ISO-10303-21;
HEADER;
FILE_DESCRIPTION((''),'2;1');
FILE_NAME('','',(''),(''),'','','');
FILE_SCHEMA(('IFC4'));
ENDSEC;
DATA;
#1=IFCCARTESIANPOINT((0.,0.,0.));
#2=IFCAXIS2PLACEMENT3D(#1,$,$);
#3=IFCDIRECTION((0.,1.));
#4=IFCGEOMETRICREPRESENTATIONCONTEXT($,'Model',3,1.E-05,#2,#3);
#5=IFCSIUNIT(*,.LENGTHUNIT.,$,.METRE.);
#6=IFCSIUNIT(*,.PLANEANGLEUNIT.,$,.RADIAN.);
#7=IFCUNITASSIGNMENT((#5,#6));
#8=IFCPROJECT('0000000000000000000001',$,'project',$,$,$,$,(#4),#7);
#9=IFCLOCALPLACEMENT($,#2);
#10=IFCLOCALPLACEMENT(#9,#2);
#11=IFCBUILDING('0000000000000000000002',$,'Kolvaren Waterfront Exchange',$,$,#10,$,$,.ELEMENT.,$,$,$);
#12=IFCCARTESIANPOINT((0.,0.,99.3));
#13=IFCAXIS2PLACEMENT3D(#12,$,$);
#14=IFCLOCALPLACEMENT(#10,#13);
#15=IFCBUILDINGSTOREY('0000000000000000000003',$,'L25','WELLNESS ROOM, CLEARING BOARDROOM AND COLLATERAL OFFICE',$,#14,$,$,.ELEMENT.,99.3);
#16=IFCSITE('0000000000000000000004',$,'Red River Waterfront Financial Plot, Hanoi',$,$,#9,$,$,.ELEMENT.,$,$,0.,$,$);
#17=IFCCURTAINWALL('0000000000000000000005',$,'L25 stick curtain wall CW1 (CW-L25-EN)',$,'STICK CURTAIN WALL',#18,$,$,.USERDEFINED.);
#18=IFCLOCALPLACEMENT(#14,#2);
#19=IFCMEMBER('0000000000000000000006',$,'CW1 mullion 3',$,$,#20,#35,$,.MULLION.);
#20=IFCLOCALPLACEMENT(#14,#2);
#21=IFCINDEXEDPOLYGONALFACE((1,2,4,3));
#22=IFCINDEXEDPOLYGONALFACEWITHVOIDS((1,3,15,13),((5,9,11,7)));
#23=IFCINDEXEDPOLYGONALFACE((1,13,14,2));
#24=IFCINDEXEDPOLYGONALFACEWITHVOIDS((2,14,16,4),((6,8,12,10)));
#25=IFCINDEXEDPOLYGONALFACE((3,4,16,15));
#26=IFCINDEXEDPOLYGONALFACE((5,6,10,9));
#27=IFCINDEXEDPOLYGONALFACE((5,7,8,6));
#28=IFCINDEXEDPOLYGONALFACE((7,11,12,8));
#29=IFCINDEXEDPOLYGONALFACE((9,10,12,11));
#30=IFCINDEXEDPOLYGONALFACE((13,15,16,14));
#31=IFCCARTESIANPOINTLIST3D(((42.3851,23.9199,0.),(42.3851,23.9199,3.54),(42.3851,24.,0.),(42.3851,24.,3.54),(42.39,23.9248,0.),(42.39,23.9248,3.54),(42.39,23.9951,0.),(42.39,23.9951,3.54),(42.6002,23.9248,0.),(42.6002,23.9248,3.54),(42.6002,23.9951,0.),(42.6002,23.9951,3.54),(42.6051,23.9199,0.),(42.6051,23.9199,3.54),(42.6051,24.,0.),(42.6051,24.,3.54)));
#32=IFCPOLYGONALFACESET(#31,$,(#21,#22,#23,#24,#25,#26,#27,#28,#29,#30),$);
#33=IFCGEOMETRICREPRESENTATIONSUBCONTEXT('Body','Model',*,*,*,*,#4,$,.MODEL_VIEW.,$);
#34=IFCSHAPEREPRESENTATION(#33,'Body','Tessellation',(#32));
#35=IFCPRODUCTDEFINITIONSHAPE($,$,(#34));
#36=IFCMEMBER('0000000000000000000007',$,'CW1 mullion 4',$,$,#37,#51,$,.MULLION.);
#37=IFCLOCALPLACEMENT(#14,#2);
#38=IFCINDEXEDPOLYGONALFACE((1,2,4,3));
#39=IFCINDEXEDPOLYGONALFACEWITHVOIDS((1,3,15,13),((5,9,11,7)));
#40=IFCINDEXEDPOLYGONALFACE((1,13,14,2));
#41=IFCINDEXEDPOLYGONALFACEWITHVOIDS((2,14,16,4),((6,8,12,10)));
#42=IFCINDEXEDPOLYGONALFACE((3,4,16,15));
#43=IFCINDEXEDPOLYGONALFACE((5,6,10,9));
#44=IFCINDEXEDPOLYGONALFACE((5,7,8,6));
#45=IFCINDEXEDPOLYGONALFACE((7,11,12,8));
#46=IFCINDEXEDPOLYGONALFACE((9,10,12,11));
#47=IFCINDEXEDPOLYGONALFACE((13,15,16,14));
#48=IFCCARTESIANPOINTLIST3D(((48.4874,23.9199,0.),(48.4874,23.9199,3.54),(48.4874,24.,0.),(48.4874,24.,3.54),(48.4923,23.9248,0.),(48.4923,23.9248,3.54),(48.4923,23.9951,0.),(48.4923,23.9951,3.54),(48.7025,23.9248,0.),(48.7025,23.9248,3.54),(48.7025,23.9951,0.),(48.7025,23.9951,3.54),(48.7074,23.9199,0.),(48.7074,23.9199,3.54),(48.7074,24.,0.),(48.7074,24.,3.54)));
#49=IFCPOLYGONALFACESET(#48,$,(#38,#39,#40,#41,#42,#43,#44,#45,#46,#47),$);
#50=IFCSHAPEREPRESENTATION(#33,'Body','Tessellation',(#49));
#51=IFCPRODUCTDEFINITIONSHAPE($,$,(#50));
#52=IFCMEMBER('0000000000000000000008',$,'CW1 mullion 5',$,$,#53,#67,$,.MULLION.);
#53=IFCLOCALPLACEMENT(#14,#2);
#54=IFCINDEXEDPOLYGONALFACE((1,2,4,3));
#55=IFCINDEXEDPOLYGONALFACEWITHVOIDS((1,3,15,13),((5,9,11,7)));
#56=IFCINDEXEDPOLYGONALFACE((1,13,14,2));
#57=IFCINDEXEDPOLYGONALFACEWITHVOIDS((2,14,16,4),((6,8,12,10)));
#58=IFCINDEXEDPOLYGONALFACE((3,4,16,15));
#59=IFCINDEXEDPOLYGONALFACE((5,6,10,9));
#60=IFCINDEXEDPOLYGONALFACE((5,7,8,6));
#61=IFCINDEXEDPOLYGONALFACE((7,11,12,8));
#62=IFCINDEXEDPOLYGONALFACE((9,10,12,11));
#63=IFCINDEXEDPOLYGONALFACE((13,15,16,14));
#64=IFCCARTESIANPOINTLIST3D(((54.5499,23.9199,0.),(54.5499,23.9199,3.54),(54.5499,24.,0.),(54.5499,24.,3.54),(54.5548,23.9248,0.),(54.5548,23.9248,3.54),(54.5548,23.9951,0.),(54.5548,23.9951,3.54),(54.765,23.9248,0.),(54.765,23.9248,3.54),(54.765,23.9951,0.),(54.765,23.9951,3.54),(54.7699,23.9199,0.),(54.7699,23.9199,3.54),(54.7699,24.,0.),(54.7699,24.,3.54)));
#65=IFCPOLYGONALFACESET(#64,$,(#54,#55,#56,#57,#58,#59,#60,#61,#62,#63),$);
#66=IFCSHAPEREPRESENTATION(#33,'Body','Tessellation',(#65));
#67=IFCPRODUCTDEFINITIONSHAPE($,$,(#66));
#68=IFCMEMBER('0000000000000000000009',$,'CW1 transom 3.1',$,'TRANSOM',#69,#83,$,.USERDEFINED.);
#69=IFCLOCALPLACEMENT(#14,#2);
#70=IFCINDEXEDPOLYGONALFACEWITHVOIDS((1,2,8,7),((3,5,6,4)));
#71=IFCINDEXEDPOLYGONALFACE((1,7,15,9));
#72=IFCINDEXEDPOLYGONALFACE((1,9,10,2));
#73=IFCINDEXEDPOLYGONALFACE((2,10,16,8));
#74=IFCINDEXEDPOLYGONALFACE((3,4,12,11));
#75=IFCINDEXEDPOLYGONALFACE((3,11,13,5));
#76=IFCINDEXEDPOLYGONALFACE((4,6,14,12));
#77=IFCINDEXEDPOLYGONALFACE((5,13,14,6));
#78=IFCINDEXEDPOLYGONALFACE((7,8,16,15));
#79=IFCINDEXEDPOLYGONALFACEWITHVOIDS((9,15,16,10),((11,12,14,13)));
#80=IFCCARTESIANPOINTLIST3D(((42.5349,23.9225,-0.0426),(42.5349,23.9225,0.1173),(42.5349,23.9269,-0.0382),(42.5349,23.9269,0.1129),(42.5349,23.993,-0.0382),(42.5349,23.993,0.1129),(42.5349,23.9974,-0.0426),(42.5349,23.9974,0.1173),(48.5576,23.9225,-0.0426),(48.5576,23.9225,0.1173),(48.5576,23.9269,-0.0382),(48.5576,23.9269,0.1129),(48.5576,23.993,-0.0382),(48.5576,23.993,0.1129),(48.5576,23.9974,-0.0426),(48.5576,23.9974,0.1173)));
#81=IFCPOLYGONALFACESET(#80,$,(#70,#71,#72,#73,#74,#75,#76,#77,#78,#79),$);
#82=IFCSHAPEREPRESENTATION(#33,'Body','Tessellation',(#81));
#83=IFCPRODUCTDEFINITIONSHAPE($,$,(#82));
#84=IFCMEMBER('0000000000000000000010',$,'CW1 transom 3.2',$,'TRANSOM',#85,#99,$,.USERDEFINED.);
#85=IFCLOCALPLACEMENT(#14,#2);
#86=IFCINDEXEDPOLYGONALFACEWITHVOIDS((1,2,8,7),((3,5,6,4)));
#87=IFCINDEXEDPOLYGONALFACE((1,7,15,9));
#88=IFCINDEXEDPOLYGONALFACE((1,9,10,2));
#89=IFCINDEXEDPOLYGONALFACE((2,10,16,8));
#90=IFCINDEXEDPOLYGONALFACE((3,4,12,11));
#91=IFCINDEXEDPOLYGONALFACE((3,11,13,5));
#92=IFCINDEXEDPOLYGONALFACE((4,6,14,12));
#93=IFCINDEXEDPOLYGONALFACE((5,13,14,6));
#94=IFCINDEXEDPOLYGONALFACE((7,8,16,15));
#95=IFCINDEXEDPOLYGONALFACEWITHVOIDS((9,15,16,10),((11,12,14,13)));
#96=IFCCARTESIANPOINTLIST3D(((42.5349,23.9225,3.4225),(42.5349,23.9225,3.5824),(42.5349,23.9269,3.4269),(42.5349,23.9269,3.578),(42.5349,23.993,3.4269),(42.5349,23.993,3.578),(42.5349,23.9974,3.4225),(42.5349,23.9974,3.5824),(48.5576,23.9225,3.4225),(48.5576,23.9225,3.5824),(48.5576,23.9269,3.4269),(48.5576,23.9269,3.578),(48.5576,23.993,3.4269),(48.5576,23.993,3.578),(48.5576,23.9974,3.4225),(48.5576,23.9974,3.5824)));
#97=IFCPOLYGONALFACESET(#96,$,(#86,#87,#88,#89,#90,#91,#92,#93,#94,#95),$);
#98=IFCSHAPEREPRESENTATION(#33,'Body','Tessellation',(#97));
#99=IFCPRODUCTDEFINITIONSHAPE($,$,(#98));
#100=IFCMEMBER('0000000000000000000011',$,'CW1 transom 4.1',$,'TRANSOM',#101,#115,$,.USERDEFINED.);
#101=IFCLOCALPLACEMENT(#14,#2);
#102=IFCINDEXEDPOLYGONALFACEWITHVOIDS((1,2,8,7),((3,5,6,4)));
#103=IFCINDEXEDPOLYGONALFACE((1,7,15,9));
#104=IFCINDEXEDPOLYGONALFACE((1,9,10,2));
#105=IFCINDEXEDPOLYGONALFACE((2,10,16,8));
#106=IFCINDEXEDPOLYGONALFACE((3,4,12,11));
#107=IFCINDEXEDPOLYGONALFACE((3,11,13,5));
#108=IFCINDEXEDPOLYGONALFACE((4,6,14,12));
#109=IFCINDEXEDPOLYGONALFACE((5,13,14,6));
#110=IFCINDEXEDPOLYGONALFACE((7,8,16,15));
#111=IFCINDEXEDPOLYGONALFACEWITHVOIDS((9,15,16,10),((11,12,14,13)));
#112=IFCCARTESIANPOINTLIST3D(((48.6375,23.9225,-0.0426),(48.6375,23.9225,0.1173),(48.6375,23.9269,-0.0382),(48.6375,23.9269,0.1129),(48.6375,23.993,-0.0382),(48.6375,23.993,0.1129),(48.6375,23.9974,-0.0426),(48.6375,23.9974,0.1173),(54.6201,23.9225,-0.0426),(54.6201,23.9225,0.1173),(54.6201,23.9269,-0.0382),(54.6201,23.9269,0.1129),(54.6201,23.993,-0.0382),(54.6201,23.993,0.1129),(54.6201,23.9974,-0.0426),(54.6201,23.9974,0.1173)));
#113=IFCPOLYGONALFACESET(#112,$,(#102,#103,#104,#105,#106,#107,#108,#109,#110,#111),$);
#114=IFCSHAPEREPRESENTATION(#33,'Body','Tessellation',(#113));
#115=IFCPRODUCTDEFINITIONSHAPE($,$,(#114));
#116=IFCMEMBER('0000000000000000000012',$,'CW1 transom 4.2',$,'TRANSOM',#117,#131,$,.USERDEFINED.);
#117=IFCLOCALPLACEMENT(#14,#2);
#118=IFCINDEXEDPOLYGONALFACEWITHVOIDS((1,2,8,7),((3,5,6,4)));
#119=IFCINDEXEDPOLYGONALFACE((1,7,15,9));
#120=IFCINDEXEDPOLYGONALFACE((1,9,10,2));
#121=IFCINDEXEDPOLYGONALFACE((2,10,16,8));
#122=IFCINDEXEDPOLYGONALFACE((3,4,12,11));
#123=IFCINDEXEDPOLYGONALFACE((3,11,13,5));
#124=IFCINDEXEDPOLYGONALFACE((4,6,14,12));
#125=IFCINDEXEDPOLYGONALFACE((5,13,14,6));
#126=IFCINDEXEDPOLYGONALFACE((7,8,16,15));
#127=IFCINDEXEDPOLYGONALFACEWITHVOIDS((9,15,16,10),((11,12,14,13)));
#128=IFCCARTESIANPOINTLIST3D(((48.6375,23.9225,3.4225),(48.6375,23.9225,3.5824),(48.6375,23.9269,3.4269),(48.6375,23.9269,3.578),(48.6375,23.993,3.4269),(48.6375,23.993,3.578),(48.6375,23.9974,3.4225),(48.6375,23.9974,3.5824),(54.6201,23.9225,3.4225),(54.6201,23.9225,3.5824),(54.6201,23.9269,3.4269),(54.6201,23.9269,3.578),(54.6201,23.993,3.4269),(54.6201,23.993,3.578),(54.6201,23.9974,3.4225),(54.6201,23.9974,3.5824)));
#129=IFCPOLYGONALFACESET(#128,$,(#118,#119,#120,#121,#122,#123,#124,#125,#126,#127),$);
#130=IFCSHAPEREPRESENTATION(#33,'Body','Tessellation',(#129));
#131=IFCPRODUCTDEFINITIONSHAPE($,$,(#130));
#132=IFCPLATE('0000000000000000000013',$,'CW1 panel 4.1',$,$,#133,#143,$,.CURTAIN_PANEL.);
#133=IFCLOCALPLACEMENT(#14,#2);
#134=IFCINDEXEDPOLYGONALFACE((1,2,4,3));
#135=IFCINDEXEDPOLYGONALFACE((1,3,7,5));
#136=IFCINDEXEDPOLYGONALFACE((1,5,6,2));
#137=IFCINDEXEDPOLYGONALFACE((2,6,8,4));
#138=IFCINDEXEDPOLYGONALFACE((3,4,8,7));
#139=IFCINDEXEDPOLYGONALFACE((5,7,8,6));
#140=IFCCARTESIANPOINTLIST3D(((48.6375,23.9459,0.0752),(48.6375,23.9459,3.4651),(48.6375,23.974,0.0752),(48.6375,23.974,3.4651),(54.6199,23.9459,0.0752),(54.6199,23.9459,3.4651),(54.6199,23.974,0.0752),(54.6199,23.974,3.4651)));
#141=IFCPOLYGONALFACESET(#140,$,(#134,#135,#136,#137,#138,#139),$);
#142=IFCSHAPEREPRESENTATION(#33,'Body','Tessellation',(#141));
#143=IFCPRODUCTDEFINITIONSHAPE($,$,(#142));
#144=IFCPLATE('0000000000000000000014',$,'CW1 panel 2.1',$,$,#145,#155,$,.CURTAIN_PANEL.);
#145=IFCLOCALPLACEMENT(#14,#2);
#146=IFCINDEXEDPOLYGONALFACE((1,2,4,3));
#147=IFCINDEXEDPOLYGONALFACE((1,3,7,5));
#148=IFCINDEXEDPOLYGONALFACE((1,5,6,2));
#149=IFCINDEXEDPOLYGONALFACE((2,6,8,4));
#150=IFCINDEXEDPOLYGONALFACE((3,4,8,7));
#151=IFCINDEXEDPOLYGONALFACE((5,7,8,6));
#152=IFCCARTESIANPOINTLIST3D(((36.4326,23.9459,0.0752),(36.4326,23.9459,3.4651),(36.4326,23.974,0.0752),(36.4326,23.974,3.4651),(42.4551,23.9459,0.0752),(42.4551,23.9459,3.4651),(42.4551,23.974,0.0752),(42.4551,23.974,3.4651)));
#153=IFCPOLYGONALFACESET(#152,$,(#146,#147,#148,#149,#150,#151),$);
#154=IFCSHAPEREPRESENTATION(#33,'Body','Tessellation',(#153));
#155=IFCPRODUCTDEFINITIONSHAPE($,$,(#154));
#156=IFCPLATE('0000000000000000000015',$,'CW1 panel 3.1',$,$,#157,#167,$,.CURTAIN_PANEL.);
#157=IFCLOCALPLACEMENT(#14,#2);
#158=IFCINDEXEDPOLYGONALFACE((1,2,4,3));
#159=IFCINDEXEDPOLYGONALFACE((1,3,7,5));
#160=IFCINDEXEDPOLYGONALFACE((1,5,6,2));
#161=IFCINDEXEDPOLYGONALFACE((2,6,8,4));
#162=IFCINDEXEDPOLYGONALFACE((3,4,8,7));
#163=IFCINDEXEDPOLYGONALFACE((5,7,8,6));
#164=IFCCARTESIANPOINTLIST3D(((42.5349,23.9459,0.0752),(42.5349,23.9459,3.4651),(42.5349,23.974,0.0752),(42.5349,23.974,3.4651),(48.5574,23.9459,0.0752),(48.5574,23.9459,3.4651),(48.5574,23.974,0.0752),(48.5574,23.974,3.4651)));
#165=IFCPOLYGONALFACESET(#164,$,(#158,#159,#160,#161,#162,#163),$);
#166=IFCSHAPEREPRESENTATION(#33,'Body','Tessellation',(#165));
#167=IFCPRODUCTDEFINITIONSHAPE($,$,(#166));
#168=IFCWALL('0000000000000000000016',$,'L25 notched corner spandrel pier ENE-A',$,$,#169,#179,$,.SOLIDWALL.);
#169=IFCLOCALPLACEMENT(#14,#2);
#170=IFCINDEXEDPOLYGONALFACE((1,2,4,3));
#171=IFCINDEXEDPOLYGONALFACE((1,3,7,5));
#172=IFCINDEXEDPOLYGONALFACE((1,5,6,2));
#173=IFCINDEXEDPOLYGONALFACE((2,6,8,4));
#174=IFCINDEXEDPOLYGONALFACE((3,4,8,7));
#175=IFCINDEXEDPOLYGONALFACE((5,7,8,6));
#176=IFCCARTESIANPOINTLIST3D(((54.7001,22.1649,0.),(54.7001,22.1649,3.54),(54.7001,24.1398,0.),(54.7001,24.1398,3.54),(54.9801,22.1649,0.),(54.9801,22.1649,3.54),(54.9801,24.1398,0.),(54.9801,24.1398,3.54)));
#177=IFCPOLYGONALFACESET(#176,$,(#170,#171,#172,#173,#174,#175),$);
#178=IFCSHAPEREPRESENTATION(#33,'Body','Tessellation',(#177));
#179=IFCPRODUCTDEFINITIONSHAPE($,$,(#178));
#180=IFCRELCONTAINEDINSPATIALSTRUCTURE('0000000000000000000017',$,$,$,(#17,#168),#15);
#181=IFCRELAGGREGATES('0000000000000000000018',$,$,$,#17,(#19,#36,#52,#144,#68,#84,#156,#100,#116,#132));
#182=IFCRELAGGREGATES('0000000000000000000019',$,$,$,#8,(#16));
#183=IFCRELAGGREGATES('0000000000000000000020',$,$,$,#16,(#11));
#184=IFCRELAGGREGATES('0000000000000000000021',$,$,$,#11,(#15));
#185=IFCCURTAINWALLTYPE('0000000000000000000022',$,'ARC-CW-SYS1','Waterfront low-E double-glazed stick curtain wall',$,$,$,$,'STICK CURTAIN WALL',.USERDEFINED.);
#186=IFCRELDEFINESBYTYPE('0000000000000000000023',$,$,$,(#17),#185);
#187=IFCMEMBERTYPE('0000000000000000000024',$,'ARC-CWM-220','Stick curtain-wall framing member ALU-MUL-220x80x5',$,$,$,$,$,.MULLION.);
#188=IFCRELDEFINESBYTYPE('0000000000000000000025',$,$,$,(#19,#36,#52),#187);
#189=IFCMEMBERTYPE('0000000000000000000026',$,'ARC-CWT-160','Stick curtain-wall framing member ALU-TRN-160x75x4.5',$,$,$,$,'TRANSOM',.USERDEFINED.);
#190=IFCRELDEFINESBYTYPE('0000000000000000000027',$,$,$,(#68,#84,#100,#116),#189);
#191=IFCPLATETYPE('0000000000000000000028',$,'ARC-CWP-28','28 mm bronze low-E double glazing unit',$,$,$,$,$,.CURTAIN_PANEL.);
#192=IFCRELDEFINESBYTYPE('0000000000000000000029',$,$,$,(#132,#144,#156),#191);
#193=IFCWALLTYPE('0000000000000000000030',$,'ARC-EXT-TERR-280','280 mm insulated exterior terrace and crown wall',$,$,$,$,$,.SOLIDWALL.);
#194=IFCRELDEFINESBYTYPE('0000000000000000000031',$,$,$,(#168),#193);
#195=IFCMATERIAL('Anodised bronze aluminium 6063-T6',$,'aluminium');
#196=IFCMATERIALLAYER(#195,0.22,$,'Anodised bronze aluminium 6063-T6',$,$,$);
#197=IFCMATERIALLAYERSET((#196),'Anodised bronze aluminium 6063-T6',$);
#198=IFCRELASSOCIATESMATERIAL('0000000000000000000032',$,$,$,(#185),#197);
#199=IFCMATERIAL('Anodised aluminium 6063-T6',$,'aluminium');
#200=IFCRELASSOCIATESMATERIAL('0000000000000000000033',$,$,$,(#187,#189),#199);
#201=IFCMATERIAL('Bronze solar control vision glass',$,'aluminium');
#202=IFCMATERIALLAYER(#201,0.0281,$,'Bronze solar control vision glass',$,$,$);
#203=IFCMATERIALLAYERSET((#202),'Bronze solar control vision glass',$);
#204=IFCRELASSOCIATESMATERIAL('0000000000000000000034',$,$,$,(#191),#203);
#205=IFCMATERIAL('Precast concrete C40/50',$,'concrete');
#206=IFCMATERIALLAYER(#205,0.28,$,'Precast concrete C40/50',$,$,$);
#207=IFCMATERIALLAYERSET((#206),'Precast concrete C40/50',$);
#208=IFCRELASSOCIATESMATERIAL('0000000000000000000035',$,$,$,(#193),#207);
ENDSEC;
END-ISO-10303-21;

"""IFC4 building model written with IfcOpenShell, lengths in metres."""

from ifc_helpers import new_model, si_unit, direction, frame, frame_2d, origin, origin_with_axes, origin_2d, place, context, subcontext, project, spatial, rectangle, hollow_rectangle, extrude, source, transform, mapped, material, layer, layer_set, material_profile, profile_set, type_object, element, aggregate, save


model = new_model("IFC4")

# Units and contexts
model_context = context("Model", 3, precision=1e-05, world=origin(), true_north=direction((0.0, 1.0)))
body_context = subcontext(model_context, "Body", "Model", "MODEL_VIEW")
ifc_project = project(units=[si_unit("LENGTHUNIT", "METRE"), si_unit("PLANEANGLEUNIT", "RADIAN")], contexts=[model_context])

# Site, building, storey
site_placement = place(None, origin())
site = spatial("IfcSite", under=ifc_project, at=site_placement, Name="Red River Waterfront Financial Plot, Hanoi", CompositionType="ELEMENT", RefElevation=0.0)
building_placement = place(site_placement, origin())
building = spatial("IfcBuilding", under=site, at=building_placement, Name="Kolvaren Waterfront Exchange", CompositionType="ELEMENT")
storey_placement = place(building_placement, frame((0.0, 0.0, 99.3)))
storey = spatial("IfcBuildingStorey", under=building, at=storey_placement, Name="L25", Description="WELLNESS ROOM, CLEARING BOARDROOM AND COLLATERAL OFFICE", CompositionType="ELEMENT", Elevation=99.3)

# Curtain wall, members, plates
ifc_material_1 = material(Name="Anodised bronze aluminium 6063-T6", Category="aluminium")
ifc_layer_1 = layer(ifc_material_1, 0.22, Name="Anodised bronze aluminium 6063-T6")
ifc_layer_set_1 = layer_set([ifc_layer_1], Name="Anodised bronze aluminium 6063-T6")
curtain_wall_type = type_object("IfcCurtainWallType", Name="ARC-CW-SYS1", Description="Waterfront low-E double-glazed stick curtain wall", ElementType="STICK CURTAIN WALL", PredefinedType="USERDEFINED", material=ifc_layer_set_1)
curtain_wall_placement = place(storey_placement, origin())
curtain_wall = element("IfcCurtainWall", 1, at=curtain_wall_placement, inside=storey, type_object=curtain_wall_type, Name="L25 stick curtain wall CW1 (CW-L25-EN)", ObjectType="STICK CURTAIN WALL", PredefinedType="USERDEFINED")
ifc_material_2 = material(Name="Anodised aluminium 6063-T6", Category="aluminium")
ifc_material_profile_1 = material_profile(ifc_material_2, hollow_rectangle(XDim=0.0801, YDim=0.22, WallThickness=0.0049, at=origin_2d()), Name="ALU-MUL-220x80x5")
ifc_profile_set_1 = profile_set([ifc_material_profile_1], Name="Anodised aluminium 6063-T6")
member_type_1 = type_object("IfcMemberType", Name="ARC-CWM-220", Description="Stick curtain-wall framing member ALU-MUL-220x80x5", PredefinedType="MULLION", material=ifc_profile_set_1)
shared_shape_1 = source(origin_with_axes(), body_context, "Body", "SweptSolid", [
    extrude(hollow_rectangle(XDim=0.0801, YDim=0.22, WallThickness=0.0049, at=origin_2d()), origin(), (0.0, 0.0, 1.0), 3.54),
])
member_1_placement = place(storey_placement, frame((42.4951, 23.96, 0.0), z_axis=(0.0, 0.0, 1.0), x_axis=(0.0, 1.0, 0.0)))
member_1 = element("IfcMember", 2, at=member_1_placement, type_object=member_type_1, Name="CW1 mullion 3", PredefinedType="MULLION", context=body_context, shape_type="MappedRepresentation", body=[
    mapped(shared_shape_1, transform((0.0, 0.0, 0.0), x_axis=(1.0, 0.0, 0.0), y_axis=(0.0, 1.0, 0.0), z_axis=(0.0, 0.0, 1.0), scale=1.0)),
])
member_2_placement = place(storey_placement, frame((48.5974, 23.96, 0.0), z_axis=(0.0, 0.0, 1.0), x_axis=(0.0, 1.0, 0.0)))
member_2 = element("IfcMember", 3, at=member_2_placement, type_object=member_type_1, Name="CW1 mullion 4", PredefinedType="MULLION", context=body_context, shape_type="MappedRepresentation", body=[
    mapped(shared_shape_1, transform((0.0, 0.0, 0.0), x_axis=(1.0, 0.0, 0.0), y_axis=(0.0, 1.0, 0.0), z_axis=(0.0, 0.0, 1.0), scale=1.0)),
])
member_3_placement = place(storey_placement, frame((54.6599, 23.96, 0.0), z_axis=(0.0, 0.0, 1.0), x_axis=(0.0, 1.0, 0.0)))
member_3 = element("IfcMember", 4, at=member_3_placement, type_object=member_type_1, Name="CW1 mullion 5", PredefinedType="MULLION", context=body_context, shape_type="MappedRepresentation", body=[
    mapped(shared_shape_1, transform((0.0, 0.0, 0.0), x_axis=(1.0, 0.0, 0.0), y_axis=(0.0, 1.0, 0.0), z_axis=(0.0, 0.0, 1.0), scale=1.0)),
])
ifc_material_profile_2 = material_profile(ifc_material_2, hollow_rectangle(XDim=0.075, YDim=0.1599, WallThickness=0.0044, at=origin_2d()), Name="ALU-TRN-160x75x4.5")
ifc_profile_set_2 = profile_set([ifc_material_profile_2], Name="Anodised aluminium 6063-T6")
member_type_2 = type_object("IfcMemberType", Name="ARC-CWT-160", Description="Stick curtain-wall framing member ALU-TRN-160x75x4.5", ElementType="TRANSOM", PredefinedType="USERDEFINED", material=ifc_profile_set_2)
shared_shape_2 = source(origin_with_axes(), body_context, "Body", "SweptSolid", [
    extrude(hollow_rectangle(XDim=0.075, YDim=0.1599, WallThickness=0.0044, at=origin_2d()), origin(), (0.0, 0.0, 1.0), 6.0227),
])
member_4_placement = place(storey_placement, frame((42.5349, 23.96, 0.0374), z_axis=(1.0, 0.0, 0.0), x_axis=(0.0, 1.0, 0.0)))
member_4 = element("IfcMember", 5, at=member_4_placement, type_object=member_type_2, Name="CW1 transom 3.1", ObjectType="TRANSOM", PredefinedType="USERDEFINED", context=body_context, shape_type="MappedRepresentation", body=[
    mapped(shared_shape_2, transform((0.0, 0.0, 0.0), x_axis=(1.0, 0.0, 0.0), y_axis=(0.0, 1.0, 0.0), z_axis=(0.0, 0.0, 1.0), scale=1.0)),
])
member_5_placement = place(storey_placement, frame((42.5349, 23.96, 3.5024), z_axis=(1.0, 0.0, 0.0), x_axis=(0.0, 1.0, 0.0)))
member_5 = element("IfcMember", 6, at=member_5_placement, type_object=member_type_2, Name="CW1 transom 3.2", ObjectType="TRANSOM", PredefinedType="USERDEFINED", context=body_context, shape_type="MappedRepresentation", body=[
    mapped(shared_shape_2, transform((0.0, 0.0, 0.0), x_axis=(1.0, 0.0, 0.0), y_axis=(0.0, 1.0, 0.0), z_axis=(0.0, 0.0, 1.0), scale=1.0)),
])
shared_shape_3 = source(origin_with_axes(), body_context, "Body", "SweptSolid", [
    extrude(hollow_rectangle(XDim=0.075, YDim=0.1599, WallThickness=0.0044, at=origin_2d()), origin(), (0.0, 0.0, 1.0), 5.9827),
])
member_6_placement = place(storey_placement, frame((48.6375, 23.96, 0.0374), z_axis=(1.0, 0.0, 0.0), x_axis=(0.0, 1.0, 0.0)))
member_6 = element("IfcMember", 7, at=member_6_placement, type_object=member_type_2, Name="CW1 transom 4.1", ObjectType="TRANSOM", PredefinedType="USERDEFINED", context=body_context, shape_type="MappedRepresentation", body=[
    mapped(shared_shape_3, transform((0.0, 0.0, 0.0), x_axis=(1.0, 0.0, 0.0), y_axis=(0.0, 1.0, 0.0), z_axis=(0.0, 0.0, 1.0), scale=1.0)),
])
member_7_placement = place(storey_placement, frame((48.6375, 23.96, 3.5024), z_axis=(1.0, 0.0, 0.0), x_axis=(0.0, 1.0, 0.0)))
member_7 = element("IfcMember", 8, at=member_7_placement, type_object=member_type_2, Name="CW1 transom 4.2", ObjectType="TRANSOM", PredefinedType="USERDEFINED", context=body_context, shape_type="MappedRepresentation", body=[
    mapped(shared_shape_3, transform((0.0, 0.0, 0.0), x_axis=(1.0, 0.0, 0.0), y_axis=(0.0, 1.0, 0.0), z_axis=(0.0, 0.0, 1.0), scale=1.0)),
])
ifc_material_3 = material(Name="Bronze solar control vision glass", Category="aluminium")
ifc_layer_2 = layer(ifc_material_3, 0.0281, Name="Bronze solar control vision glass")
ifc_layer_set_2 = layer_set([ifc_layer_2], Name="Bronze solar control vision glass")
plate_type = type_object("IfcPlateType", Name="ARC-CWP-28", Description="28 mm bronze low-E double glazing unit", PredefinedType="CURTAIN_PANEL", material=ifc_layer_set_2)
shared_shape_4 = source(origin_with_axes(), body_context, "Body", "SweptSolid", [
    extrude(rectangle(XDim=5.9824, YDim=0.0281, at=origin_2d()), origin(), (0.0, 0.0, 1.0), 3.3899),
])
plate_1_placement = place(storey_placement, frame((51.6287, 23.96, 0.0752), z_axis=(0.0, 0.0, 1.0), x_axis=(1.0, 0.0, 0.0)))
plate_1 = element("IfcPlate", 9, at=plate_1_placement, type_object=plate_type, Name="CW1 panel 4.1", PredefinedType="CURTAIN_PANEL", context=body_context, shape_type="MappedRepresentation", body=[
    mapped(shared_shape_4, transform((0.0, 0.0, 0.0), x_axis=(1.0, 0.0, 0.0), y_axis=(0.0, 1.0, 0.0), z_axis=(0.0, 0.0, 1.0), scale=1.0)),
])
shared_shape_5 = source(origin_with_axes(), body_context, "Body", "SweptSolid", [
    extrude(rectangle(XDim=6.0225, YDim=0.0281, at=origin_2d()), origin(), (0.0, 0.0, 1.0), 3.3899),
])
plate_2_placement = place(storey_placement, frame((39.4438, 23.96, 0.0752), z_axis=(0.0, 0.0, 1.0), x_axis=(1.0, 0.0, 0.0)))
plate_2 = element("IfcPlate", 10, at=plate_2_placement, type_object=plate_type, Name="CW1 panel 2.1", PredefinedType="CURTAIN_PANEL", context=body_context, shape_type="MappedRepresentation", body=[
    mapped(shared_shape_5, transform((0.0, 0.0, 0.0), x_axis=(1.0, 0.0, 0.0), y_axis=(0.0, 1.0, 0.0), z_axis=(0.0, 0.0, 1.0), scale=1.0)),
])
plate_3_placement = place(storey_placement, frame((45.5461, 23.96, 0.0752), z_axis=(0.0, 0.0, 1.0), x_axis=(1.0, 0.0, 0.0)))
plate_3 = element("IfcPlate", 11, at=plate_3_placement, type_object=plate_type, Name="CW1 panel 3.1", PredefinedType="CURTAIN_PANEL", context=body_context, shape_type="MappedRepresentation", body=[
    mapped(shared_shape_5, transform((0.0, 0.0, 0.0), x_axis=(1.0, 0.0, 0.0), y_axis=(0.0, 1.0, 0.0), z_axis=(0.0, 0.0, 1.0), scale=1.0)),
])
aggregate(curtain_wall, [member_1, member_2, member_3, plate_2, member_4, member_5, plate_3, member_6, member_7, plate_1])

# Wall
ifc_material_4 = material(Name="Precast concrete C40/50", Category="concrete")
ifc_layer_3 = layer(ifc_material_4, 0.28, Name="Precast concrete C40/50")
ifc_layer_set_3 = layer_set([ifc_layer_3], Name="Precast concrete C40/50")
wall_type_1 = type_object("IfcWallType", Name="ARC-EXT-TERR-280", Description="280 mm insulated exterior terrace and crown wall", PredefinedType="SOLIDWALL", material=ifc_layer_set_3)
wall_1_placement = place(storey_placement, frame((54.8401, 22.165, 0.0), z_axis=(0.0, 0.0, 1.0), x_axis=(0.0, 1.0, 0.0)))
element("IfcWall", 12, at=wall_1_placement, inside=storey, type_object=wall_type_1, Name="L25 notched corner spandrel pier ENE-A", PredefinedType="SOLIDWALL", context=body_context, shape_type="SweptSolid", body=[
    extrude(rectangle(XDim=1.9749, YDim=0.28, at=frame_2d((0.9873, 0.0))), origin(), (0.0, 0.0, 1.0), 3.54),
])

save(model, "model.ifc")
